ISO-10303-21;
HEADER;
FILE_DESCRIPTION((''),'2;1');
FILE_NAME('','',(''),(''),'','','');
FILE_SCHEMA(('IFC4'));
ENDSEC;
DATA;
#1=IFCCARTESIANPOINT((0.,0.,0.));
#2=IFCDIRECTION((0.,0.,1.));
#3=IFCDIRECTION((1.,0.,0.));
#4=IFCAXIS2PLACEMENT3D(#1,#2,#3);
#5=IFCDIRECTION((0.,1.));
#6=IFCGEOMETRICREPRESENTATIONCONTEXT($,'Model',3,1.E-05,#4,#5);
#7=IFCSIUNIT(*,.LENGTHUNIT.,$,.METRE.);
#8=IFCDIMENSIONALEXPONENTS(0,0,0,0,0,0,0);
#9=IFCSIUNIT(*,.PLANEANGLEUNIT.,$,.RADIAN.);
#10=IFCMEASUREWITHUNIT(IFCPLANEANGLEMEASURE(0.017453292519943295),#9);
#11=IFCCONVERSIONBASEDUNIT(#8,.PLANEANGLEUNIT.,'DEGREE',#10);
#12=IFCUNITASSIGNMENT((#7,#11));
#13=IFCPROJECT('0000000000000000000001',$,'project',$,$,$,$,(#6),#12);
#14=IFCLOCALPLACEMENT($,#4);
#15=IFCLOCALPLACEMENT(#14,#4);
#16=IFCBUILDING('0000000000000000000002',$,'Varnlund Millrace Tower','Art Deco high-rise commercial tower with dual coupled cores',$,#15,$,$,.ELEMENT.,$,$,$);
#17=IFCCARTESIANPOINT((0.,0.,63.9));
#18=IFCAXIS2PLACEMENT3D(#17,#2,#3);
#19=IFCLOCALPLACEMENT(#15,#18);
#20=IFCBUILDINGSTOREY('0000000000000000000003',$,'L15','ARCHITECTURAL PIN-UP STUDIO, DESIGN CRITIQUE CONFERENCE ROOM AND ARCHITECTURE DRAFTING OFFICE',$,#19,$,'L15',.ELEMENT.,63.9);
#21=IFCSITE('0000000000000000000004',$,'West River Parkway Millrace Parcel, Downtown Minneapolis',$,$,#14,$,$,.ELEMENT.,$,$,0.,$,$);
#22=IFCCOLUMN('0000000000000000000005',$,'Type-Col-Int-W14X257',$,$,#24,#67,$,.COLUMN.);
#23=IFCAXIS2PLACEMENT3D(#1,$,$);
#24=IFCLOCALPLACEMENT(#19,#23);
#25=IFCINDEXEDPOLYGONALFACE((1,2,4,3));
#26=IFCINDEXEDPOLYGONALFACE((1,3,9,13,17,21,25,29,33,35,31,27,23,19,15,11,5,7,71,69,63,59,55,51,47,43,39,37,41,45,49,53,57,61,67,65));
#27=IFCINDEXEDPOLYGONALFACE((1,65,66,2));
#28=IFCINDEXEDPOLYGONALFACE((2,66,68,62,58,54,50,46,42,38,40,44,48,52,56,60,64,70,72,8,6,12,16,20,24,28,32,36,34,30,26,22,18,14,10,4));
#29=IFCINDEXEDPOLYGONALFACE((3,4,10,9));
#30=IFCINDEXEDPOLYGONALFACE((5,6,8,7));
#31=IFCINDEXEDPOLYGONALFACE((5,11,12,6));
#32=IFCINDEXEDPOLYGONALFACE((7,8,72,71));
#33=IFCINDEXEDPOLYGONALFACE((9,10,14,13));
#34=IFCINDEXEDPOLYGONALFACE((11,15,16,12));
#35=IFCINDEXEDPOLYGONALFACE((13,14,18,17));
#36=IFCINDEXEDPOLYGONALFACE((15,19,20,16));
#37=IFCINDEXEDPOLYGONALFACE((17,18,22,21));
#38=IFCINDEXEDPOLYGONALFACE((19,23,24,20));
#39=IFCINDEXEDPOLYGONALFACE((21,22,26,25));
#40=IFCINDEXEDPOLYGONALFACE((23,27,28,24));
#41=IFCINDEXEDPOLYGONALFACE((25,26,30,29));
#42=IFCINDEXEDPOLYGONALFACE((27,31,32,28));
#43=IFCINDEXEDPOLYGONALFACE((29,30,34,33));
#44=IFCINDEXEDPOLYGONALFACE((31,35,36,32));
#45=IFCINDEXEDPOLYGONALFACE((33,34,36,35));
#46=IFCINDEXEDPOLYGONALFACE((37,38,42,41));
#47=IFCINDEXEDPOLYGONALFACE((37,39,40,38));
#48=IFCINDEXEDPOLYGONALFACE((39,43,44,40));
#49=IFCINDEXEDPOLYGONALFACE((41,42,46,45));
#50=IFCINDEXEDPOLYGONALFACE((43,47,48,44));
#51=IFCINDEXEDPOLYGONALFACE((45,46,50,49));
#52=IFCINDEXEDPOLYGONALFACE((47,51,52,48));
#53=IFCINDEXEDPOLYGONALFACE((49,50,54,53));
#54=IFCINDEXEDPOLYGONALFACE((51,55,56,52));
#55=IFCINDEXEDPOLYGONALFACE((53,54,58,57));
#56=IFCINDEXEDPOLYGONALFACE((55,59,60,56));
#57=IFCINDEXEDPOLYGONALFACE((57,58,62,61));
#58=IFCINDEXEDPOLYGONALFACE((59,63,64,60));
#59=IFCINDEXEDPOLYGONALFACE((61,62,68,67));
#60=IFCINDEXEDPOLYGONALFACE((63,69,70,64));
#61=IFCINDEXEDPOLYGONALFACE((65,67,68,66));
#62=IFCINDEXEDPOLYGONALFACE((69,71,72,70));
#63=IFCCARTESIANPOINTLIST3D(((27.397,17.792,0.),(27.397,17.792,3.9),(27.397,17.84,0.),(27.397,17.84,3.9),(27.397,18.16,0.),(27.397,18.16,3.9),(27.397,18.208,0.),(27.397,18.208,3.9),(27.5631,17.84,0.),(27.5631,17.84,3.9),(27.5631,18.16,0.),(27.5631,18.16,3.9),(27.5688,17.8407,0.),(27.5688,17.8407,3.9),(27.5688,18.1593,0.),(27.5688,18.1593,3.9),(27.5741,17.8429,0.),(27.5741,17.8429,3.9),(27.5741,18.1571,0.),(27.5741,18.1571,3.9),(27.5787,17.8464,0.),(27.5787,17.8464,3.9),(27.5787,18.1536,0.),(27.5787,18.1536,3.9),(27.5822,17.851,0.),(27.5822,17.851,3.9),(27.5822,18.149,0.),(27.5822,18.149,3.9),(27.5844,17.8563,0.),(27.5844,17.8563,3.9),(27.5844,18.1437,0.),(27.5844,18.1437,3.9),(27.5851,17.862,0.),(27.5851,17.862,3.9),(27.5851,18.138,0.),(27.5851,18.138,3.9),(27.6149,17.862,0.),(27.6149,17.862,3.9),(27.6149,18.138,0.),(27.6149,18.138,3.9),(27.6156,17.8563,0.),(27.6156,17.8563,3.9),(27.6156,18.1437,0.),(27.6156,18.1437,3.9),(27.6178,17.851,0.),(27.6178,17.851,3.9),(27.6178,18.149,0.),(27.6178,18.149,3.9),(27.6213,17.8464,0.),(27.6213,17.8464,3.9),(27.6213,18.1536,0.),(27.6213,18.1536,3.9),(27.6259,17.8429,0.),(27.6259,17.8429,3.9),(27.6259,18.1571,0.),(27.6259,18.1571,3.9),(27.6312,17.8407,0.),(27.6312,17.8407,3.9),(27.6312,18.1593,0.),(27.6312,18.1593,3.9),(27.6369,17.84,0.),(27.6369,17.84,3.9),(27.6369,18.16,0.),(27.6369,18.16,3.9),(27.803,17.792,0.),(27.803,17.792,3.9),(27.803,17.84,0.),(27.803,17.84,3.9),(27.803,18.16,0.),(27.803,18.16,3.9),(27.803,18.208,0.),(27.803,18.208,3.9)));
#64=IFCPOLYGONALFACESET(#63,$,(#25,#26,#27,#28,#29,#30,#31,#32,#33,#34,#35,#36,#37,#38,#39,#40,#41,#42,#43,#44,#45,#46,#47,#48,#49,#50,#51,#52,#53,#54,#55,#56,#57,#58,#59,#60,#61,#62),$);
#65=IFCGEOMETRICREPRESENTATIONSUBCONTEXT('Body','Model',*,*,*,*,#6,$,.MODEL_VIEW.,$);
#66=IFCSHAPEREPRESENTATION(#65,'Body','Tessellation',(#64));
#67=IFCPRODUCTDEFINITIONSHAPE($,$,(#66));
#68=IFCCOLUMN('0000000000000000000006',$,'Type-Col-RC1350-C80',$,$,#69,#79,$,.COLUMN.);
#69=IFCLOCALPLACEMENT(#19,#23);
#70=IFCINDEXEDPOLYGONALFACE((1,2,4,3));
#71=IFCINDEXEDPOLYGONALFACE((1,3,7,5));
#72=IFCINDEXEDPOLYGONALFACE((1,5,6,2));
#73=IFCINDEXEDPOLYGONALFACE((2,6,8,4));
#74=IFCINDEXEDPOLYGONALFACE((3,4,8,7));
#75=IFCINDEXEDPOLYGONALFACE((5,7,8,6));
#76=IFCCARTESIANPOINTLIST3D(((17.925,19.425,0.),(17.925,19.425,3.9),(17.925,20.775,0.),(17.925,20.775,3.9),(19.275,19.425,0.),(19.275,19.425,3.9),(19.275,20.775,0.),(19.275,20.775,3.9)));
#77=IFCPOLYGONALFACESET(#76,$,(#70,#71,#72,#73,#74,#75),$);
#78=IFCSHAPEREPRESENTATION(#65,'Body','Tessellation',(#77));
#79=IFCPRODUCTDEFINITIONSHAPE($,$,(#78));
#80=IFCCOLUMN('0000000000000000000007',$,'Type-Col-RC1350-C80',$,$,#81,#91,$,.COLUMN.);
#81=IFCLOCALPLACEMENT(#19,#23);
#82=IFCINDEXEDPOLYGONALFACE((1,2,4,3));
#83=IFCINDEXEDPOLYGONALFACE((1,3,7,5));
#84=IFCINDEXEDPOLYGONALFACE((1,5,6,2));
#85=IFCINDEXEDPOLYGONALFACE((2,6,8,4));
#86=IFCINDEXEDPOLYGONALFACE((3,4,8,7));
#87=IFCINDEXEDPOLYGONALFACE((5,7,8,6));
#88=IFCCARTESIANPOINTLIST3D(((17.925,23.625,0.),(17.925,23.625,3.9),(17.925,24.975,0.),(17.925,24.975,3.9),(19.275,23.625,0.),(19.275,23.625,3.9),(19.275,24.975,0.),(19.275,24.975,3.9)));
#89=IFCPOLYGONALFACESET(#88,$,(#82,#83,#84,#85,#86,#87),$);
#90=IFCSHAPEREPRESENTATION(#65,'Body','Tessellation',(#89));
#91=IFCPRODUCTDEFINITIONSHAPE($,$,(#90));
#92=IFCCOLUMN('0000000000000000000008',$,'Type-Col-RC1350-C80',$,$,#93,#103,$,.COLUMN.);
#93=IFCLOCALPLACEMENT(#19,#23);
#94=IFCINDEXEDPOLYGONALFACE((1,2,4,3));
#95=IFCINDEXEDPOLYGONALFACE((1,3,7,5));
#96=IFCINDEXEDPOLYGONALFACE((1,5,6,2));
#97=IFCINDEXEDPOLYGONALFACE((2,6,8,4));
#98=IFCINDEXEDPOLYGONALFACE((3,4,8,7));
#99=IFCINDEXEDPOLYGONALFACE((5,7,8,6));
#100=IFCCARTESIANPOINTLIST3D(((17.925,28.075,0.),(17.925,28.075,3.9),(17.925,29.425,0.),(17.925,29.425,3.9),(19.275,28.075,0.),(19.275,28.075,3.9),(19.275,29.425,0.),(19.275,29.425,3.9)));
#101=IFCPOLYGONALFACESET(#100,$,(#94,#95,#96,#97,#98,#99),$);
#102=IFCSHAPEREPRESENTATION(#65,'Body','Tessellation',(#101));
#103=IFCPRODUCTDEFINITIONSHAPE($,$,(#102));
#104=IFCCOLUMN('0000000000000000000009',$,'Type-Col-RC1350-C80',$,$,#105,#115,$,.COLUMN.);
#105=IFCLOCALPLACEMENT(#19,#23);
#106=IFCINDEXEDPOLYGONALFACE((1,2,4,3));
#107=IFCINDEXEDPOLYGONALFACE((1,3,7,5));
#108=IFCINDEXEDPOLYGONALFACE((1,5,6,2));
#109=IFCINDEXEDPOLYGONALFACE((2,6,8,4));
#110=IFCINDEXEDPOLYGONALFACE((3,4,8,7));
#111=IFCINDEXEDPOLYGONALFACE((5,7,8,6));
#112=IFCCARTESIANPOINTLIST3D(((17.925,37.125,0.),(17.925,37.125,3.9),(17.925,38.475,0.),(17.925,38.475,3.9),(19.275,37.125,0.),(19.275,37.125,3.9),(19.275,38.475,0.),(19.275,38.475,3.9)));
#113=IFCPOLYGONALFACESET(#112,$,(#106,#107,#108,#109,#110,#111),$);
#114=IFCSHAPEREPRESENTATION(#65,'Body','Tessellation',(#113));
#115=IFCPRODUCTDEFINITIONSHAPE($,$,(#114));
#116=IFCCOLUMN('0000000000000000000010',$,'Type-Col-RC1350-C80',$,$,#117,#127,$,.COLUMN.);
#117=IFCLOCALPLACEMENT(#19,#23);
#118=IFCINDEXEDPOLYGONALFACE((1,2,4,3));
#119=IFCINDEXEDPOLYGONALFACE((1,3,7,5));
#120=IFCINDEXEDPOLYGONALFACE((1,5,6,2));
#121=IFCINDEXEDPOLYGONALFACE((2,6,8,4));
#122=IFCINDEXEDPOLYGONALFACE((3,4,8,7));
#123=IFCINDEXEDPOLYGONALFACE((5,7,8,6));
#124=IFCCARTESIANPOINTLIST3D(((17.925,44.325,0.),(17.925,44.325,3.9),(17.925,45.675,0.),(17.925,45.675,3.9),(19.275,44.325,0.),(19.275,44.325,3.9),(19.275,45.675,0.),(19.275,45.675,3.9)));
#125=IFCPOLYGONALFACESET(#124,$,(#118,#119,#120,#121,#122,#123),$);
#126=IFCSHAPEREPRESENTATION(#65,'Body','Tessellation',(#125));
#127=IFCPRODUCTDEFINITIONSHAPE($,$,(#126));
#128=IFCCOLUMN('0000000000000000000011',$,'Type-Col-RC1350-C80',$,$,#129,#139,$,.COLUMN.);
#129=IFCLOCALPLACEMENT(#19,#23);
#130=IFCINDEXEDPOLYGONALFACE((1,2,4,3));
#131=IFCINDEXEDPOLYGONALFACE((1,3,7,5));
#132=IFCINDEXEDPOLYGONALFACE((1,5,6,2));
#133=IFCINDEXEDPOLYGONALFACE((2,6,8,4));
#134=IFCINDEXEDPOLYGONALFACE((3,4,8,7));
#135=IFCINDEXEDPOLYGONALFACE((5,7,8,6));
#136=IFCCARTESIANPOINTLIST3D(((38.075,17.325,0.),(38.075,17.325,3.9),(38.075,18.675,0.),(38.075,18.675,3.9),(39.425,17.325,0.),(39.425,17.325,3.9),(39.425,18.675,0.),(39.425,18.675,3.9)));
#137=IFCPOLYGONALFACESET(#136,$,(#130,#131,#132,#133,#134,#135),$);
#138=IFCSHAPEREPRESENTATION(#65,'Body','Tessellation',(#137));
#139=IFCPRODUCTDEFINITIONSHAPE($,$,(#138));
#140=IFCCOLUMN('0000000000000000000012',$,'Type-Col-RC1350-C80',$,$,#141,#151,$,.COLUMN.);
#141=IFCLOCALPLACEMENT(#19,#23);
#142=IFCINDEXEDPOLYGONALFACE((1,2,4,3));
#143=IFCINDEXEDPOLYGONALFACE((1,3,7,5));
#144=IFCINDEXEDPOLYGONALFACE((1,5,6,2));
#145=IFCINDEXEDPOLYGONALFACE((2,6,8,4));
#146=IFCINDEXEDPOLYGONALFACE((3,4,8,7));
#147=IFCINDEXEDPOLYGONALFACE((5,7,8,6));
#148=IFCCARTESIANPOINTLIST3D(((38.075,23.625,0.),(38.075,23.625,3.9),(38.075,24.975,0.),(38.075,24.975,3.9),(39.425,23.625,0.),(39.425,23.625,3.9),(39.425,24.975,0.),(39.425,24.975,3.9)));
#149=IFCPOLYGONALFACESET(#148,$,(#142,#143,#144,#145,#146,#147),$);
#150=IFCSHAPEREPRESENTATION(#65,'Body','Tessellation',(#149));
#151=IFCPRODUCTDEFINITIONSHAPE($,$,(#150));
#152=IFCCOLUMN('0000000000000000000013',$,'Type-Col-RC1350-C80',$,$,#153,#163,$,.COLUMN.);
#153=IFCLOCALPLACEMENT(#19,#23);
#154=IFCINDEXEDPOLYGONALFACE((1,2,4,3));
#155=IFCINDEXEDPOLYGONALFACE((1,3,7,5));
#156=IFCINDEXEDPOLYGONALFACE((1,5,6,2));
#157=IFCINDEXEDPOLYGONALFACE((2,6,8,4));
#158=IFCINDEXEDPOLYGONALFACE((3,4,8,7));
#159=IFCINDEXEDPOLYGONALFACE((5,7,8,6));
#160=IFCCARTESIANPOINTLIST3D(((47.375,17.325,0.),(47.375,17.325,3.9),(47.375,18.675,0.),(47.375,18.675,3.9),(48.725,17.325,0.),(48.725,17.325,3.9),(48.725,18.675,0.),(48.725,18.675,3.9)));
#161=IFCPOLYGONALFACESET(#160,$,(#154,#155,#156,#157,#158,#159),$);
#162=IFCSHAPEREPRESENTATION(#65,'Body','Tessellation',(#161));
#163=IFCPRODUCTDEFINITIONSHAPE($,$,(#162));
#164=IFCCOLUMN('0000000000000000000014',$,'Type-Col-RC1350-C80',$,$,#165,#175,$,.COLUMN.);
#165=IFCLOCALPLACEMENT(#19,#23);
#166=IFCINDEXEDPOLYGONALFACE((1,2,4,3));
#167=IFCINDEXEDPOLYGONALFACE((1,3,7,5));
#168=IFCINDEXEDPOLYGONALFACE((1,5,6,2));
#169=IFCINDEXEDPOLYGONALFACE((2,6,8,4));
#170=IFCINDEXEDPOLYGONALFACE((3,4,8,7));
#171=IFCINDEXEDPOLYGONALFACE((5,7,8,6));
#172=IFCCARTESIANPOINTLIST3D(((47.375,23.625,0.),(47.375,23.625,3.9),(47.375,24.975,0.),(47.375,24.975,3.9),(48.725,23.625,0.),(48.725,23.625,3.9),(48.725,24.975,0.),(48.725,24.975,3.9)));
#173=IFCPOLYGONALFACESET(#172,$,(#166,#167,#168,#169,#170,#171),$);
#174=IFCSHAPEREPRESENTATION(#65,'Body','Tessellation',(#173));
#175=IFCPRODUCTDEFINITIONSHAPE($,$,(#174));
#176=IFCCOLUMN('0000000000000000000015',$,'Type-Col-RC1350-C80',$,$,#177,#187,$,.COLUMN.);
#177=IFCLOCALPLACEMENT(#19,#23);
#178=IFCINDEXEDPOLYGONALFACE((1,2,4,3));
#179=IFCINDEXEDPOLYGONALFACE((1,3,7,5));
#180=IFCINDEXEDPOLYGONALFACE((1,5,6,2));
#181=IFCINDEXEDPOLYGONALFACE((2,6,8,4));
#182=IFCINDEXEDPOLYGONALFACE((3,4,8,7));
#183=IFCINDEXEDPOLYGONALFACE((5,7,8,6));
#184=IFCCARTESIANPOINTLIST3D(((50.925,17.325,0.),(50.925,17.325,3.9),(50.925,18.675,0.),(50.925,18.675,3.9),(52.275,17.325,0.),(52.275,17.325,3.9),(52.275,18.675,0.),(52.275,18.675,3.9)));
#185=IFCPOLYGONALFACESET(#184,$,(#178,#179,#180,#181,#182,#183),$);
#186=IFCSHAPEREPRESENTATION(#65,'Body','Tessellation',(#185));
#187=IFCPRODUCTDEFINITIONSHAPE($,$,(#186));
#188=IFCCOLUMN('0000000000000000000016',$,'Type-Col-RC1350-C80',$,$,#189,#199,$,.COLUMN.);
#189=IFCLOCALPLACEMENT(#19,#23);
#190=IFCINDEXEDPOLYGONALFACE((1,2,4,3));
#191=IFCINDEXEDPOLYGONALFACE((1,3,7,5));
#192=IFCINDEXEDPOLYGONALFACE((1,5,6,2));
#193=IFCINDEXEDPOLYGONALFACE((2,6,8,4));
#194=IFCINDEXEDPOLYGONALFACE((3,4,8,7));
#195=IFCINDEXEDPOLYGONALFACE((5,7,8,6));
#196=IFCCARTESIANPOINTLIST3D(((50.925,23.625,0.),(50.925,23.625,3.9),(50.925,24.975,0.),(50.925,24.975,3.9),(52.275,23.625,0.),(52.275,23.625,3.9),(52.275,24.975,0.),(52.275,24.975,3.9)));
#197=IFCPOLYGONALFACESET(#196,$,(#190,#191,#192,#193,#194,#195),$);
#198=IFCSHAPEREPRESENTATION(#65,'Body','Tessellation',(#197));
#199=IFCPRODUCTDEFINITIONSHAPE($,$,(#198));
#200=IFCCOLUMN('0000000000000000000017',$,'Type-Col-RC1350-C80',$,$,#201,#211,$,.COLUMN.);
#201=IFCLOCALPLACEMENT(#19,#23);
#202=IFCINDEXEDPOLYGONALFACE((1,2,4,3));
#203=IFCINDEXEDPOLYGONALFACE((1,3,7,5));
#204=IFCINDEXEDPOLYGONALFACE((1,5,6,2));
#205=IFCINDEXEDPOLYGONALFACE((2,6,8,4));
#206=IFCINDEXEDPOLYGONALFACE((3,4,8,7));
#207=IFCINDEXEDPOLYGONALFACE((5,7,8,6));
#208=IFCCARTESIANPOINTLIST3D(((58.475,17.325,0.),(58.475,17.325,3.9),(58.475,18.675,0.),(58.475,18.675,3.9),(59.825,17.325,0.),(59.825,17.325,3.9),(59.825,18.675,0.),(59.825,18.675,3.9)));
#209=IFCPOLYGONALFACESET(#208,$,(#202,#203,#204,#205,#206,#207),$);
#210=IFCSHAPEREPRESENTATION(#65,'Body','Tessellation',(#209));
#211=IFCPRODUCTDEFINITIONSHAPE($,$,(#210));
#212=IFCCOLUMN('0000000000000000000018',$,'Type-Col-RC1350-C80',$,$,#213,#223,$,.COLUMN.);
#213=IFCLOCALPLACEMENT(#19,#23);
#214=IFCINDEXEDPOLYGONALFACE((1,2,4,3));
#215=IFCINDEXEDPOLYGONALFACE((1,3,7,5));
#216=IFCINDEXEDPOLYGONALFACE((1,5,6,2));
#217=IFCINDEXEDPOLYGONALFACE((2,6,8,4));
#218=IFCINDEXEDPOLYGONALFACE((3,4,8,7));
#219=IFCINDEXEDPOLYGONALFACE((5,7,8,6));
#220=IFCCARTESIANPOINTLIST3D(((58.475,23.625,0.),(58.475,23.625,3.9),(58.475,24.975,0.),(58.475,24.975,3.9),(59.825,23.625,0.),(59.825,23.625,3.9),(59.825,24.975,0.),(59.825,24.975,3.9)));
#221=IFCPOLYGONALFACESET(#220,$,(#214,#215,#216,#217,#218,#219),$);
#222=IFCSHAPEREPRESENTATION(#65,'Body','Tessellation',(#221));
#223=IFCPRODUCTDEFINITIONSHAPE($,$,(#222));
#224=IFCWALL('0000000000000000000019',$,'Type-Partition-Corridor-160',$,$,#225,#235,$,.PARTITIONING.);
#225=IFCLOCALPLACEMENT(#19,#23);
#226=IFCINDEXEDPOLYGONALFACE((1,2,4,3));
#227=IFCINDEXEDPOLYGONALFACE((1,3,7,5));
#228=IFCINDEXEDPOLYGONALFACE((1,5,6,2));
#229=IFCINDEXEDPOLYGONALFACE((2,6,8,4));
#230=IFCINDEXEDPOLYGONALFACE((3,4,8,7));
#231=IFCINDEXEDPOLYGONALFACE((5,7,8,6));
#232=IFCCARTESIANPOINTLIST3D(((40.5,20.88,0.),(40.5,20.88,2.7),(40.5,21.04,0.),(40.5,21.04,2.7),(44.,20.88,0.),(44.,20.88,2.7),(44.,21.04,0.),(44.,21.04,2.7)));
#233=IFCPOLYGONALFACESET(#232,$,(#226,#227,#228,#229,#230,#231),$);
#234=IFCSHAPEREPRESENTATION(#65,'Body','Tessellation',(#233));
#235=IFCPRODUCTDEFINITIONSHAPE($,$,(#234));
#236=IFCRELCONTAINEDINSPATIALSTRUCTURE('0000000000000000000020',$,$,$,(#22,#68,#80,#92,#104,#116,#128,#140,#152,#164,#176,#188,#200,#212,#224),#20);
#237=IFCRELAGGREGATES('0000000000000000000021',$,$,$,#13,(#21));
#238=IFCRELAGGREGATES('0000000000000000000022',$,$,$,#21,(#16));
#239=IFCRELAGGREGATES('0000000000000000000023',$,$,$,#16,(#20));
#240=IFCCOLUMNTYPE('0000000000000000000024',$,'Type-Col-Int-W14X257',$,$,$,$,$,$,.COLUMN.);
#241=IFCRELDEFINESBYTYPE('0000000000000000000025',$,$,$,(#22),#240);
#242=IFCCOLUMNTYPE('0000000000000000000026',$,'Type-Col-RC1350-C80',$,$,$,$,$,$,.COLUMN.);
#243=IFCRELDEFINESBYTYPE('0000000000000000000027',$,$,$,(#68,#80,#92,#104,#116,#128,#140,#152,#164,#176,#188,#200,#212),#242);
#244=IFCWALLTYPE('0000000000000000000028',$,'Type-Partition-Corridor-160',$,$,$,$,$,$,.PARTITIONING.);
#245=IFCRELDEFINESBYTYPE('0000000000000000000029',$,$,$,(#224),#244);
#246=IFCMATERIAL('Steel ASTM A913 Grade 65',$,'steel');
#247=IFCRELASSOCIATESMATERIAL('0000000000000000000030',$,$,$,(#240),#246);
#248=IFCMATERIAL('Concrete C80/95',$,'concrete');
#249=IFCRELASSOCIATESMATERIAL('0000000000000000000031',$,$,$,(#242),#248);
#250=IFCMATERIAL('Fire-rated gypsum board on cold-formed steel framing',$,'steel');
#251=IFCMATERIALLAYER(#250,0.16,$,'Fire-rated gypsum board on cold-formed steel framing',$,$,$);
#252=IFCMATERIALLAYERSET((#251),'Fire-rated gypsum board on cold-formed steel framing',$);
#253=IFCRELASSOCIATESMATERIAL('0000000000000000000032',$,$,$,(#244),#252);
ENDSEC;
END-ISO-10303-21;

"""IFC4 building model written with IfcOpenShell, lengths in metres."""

from ifc_helpers import new_model, entity, si_unit, converted_unit, direction, frame, origin_with_axes, origin_2d_with_axis, place, context, subcontext, project, spatial, polyline, rectangle, i_section, outline, extrude, material, layer, layer_set, material_profile, profile_set, type_object, element, save


model = new_model("IFC4")

# Units and contexts
model_context = context("Model", 3, precision=1e-05, world=origin_with_axes(), true_north=direction((0.0, 1.0)))
body_context = subcontext(model_context, "Body", "Model", "MODEL_VIEW")
ifc_project = project(units=[si_unit("LENGTHUNIT", "METRE"), converted_unit("PLANEANGLEUNIT", "DEGREE", entity("IfcPlaneAngleMeasure", 0.017453292519943295), si_unit("PLANEANGLEUNIT", "RADIAN"), dimensions=[0, 0, 0, 0, 0, 0, 0])], contexts=[model_context])

# Site, building, storey
site_placement = place(None, origin_with_axes())
site = spatial("IfcSite", under=ifc_project, at=site_placement, Name="West River Parkway Millrace Parcel, Downtown Minneapolis", CompositionType="ELEMENT", RefElevation=0.0)
building_placement = place(site_placement, origin_with_axes())
building = spatial("IfcBuilding", under=site, at=building_placement, Name="Varnlund Millrace Tower", Description="Art Deco high-rise commercial tower with dual coupled cores", CompositionType="ELEMENT")
storey_placement = place(building_placement, frame((0.0, 0.0, 63.9), z_axis=(0.0, 0.0, 1.0), x_axis=(1.0, 0.0, 0.0)))
storey = spatial("IfcBuildingStorey", under=building, at=storey_placement, Name="L15", Description="ARCHITECTURAL PIN-UP STUDIO, DESIGN CRITIQUE CONFERENCE ROOM AND ARCHITECTURE DRAFTING OFFICE", LongName="L15", CompositionType="ELEMENT", Elevation=63.9)

# Columns
ifc_material_1 = material(Name="Steel ASTM A913 Grade 65", Category="steel")
ifc_material_profile_1 = material_profile(ifc_material_1, i_section(OverallWidth=0.406, OverallDepth=0.416, WebThickness=0.0298, FlangeThickness=0.048, FilletRadius=0.022, at=origin_2d_with_axis()), Name="Steel ASTM A913 Grade 65")
ifc_profile_set_1 = profile_set([ifc_material_profile_1], Name="Steel ASTM A913 Grade 65")
column_type_1 = type_object("IfcColumnType", Name="Type-Col-Int-W14X257", PredefinedType="COLUMN", material=ifc_profile_set_1)
column_placement = place(storey_placement, frame((27.6, 18.0, 0.0), z_axis=(0.0, 0.0, 1.0), x_axis=(1.0, 0.0, 0.0)))
element("IfcColumn", 1, at=column_placement, inside=storey, type_object=column_type_1, Name="Type-Col-Int-W14X257", PredefinedType="COLUMN", context=body_context, shape_type="SweptSolid", body=[
    extrude(i_section(OverallWidth=0.406, OverallDepth=0.416, WebThickness=0.0298, FlangeThickness=0.048, FilletRadius=0.022, at=origin_2d_with_axis()), origin_with_axes(), (0.0, 0.0, 1.0), 3.9),
])
ifc_material_2 = material(Name="Concrete C80/95", Category="concrete")
ifc_material_profile_2 = material_profile(ifc_material_2, rectangle(XDim=1.35, YDim=1.35, at=origin_2d_with_axis()), Name="Concrete C80/95")
ifc_profile_set_2 = profile_set([ifc_material_profile_2], Name="Concrete C80/95")
column_type_2 = type_object("IfcColumnType", Name="Type-Col-RC1350-C80", PredefinedType="COLUMN", material=ifc_profile_set_2)
for number, where, z_axis, x_axis, name in (
    (2, (18.6, 20.1, 0.0), (0.0, 0.0, 1.0), (1.0, 0.0, 0.0), "Type-Col-RC1350-C80"),
    (3, (18.6, 24.3, 0.0), (0.0, 0.0, 1.0), (1.0, 0.0, 0.0), "Type-Col-RC1350-C80"),
    (4, (18.6, 28.75, 0.0), (0.0, 0.0, 1.0), (1.0, 0.0, 0.0), "Type-Col-RC1350-C80"),
    (5, (18.6, 37.8, 0.0), (0.0, 0.0, 1.0), (1.0, 0.0, 0.0), "Type-Col-RC1350-C80"),
    (6, (18.6, 45.0, 0.0), (0.0, 0.0, 1.0), (1.0, 0.0, 0.0), "Type-Col-RC1350-C80"),
    (7, (38.75, 18.0, 0.0), (0.0, 0.0, 1.0), (1.0, 0.0, 0.0), "Type-Col-RC1350-C80"),
    (8, (38.75, 24.3, 0.0), (0.0, 0.0, 1.0), (1.0, 0.0, 0.0), "Type-Col-RC1350-C80"),
    (9, (48.05, 18.0, 0.0), (0.0, 0.0, 1.0), (1.0, 0.0, 0.0), "Type-Col-RC1350-C80"),
    (10, (48.05, 24.3, 0.0), (0.0, 0.0, 1.0), (1.0, 0.0, 0.0), "Type-Col-RC1350-C80"),
    (11, (51.6, 18.0, 0.0), (0.0, 0.0, 1.0), (1.0, 0.0, 0.0), "Type-Col-RC1350-C80"),
    (12, (51.6, 24.3, 0.0), (0.0, 0.0, 1.0), (1.0, 0.0, 0.0), "Type-Col-RC1350-C80"),
    (13, (59.15, 18.0, 0.0), (0.0, 0.0, 1.0), (1.0, 0.0, 0.0), "Type-Col-RC1350-C80"),
    (14, (59.15, 24.3, 0.0), (0.0, 0.0, 1.0), (1.0, 0.0, 0.0), "Type-Col-RC1350-C80"),
):
    element("IfcColumn", number, at=place(storey_placement, frame(where, z_axis=z_axis, x_axis=x_axis)), inside=storey, type_object=column_type_2, Name=name, PredefinedType="COLUMN", context=body_context, shape_type="SweptSolid", body=[
        extrude(rectangle(XDim=1.35, YDim=1.35, at=origin_2d_with_axis()), origin_with_axes(), (0.0, 0.0, 1.0), 3.9),
    ])

# Wall
ifc_material_3 = material(Name="Fire-rated gypsum board on cold-formed steel framing", Category="steel")
ifc_layer = layer(ifc_material_3, 0.16, Name="Fire-rated gypsum board on cold-formed steel framing")
ifc_layer_set = layer_set([ifc_layer], Name="Fire-rated gypsum board on cold-formed steel framing")
wall_type = type_object("IfcWallType", Name="Type-Partition-Corridor-160", PredefinedType="PARTITIONING", material=ifc_layer_set)
wall_1_placement = place(storey_placement, frame((40.5, 20.96, 0.0), z_axis=(0.0, 0.0, 1.0), x_axis=(1.0, 0.0, 0.0)))
element("IfcWall", 15, at=wall_1_placement, inside=storey, type_object=wall_type, Name="Type-Partition-Corridor-160", PredefinedType="PARTITIONING", context=body_context, shape_type="SweptSolid", body=[
    extrude(outline(polyline([(0.0, -0.08), (3.5, -0.08), (3.5, 0.08), (0.0, 0.08), (0.0, -0.08)])), origin_with_axes(), (0.0, 0.0, 1.0), 2.7),
])

save(model, "model.ifc")
